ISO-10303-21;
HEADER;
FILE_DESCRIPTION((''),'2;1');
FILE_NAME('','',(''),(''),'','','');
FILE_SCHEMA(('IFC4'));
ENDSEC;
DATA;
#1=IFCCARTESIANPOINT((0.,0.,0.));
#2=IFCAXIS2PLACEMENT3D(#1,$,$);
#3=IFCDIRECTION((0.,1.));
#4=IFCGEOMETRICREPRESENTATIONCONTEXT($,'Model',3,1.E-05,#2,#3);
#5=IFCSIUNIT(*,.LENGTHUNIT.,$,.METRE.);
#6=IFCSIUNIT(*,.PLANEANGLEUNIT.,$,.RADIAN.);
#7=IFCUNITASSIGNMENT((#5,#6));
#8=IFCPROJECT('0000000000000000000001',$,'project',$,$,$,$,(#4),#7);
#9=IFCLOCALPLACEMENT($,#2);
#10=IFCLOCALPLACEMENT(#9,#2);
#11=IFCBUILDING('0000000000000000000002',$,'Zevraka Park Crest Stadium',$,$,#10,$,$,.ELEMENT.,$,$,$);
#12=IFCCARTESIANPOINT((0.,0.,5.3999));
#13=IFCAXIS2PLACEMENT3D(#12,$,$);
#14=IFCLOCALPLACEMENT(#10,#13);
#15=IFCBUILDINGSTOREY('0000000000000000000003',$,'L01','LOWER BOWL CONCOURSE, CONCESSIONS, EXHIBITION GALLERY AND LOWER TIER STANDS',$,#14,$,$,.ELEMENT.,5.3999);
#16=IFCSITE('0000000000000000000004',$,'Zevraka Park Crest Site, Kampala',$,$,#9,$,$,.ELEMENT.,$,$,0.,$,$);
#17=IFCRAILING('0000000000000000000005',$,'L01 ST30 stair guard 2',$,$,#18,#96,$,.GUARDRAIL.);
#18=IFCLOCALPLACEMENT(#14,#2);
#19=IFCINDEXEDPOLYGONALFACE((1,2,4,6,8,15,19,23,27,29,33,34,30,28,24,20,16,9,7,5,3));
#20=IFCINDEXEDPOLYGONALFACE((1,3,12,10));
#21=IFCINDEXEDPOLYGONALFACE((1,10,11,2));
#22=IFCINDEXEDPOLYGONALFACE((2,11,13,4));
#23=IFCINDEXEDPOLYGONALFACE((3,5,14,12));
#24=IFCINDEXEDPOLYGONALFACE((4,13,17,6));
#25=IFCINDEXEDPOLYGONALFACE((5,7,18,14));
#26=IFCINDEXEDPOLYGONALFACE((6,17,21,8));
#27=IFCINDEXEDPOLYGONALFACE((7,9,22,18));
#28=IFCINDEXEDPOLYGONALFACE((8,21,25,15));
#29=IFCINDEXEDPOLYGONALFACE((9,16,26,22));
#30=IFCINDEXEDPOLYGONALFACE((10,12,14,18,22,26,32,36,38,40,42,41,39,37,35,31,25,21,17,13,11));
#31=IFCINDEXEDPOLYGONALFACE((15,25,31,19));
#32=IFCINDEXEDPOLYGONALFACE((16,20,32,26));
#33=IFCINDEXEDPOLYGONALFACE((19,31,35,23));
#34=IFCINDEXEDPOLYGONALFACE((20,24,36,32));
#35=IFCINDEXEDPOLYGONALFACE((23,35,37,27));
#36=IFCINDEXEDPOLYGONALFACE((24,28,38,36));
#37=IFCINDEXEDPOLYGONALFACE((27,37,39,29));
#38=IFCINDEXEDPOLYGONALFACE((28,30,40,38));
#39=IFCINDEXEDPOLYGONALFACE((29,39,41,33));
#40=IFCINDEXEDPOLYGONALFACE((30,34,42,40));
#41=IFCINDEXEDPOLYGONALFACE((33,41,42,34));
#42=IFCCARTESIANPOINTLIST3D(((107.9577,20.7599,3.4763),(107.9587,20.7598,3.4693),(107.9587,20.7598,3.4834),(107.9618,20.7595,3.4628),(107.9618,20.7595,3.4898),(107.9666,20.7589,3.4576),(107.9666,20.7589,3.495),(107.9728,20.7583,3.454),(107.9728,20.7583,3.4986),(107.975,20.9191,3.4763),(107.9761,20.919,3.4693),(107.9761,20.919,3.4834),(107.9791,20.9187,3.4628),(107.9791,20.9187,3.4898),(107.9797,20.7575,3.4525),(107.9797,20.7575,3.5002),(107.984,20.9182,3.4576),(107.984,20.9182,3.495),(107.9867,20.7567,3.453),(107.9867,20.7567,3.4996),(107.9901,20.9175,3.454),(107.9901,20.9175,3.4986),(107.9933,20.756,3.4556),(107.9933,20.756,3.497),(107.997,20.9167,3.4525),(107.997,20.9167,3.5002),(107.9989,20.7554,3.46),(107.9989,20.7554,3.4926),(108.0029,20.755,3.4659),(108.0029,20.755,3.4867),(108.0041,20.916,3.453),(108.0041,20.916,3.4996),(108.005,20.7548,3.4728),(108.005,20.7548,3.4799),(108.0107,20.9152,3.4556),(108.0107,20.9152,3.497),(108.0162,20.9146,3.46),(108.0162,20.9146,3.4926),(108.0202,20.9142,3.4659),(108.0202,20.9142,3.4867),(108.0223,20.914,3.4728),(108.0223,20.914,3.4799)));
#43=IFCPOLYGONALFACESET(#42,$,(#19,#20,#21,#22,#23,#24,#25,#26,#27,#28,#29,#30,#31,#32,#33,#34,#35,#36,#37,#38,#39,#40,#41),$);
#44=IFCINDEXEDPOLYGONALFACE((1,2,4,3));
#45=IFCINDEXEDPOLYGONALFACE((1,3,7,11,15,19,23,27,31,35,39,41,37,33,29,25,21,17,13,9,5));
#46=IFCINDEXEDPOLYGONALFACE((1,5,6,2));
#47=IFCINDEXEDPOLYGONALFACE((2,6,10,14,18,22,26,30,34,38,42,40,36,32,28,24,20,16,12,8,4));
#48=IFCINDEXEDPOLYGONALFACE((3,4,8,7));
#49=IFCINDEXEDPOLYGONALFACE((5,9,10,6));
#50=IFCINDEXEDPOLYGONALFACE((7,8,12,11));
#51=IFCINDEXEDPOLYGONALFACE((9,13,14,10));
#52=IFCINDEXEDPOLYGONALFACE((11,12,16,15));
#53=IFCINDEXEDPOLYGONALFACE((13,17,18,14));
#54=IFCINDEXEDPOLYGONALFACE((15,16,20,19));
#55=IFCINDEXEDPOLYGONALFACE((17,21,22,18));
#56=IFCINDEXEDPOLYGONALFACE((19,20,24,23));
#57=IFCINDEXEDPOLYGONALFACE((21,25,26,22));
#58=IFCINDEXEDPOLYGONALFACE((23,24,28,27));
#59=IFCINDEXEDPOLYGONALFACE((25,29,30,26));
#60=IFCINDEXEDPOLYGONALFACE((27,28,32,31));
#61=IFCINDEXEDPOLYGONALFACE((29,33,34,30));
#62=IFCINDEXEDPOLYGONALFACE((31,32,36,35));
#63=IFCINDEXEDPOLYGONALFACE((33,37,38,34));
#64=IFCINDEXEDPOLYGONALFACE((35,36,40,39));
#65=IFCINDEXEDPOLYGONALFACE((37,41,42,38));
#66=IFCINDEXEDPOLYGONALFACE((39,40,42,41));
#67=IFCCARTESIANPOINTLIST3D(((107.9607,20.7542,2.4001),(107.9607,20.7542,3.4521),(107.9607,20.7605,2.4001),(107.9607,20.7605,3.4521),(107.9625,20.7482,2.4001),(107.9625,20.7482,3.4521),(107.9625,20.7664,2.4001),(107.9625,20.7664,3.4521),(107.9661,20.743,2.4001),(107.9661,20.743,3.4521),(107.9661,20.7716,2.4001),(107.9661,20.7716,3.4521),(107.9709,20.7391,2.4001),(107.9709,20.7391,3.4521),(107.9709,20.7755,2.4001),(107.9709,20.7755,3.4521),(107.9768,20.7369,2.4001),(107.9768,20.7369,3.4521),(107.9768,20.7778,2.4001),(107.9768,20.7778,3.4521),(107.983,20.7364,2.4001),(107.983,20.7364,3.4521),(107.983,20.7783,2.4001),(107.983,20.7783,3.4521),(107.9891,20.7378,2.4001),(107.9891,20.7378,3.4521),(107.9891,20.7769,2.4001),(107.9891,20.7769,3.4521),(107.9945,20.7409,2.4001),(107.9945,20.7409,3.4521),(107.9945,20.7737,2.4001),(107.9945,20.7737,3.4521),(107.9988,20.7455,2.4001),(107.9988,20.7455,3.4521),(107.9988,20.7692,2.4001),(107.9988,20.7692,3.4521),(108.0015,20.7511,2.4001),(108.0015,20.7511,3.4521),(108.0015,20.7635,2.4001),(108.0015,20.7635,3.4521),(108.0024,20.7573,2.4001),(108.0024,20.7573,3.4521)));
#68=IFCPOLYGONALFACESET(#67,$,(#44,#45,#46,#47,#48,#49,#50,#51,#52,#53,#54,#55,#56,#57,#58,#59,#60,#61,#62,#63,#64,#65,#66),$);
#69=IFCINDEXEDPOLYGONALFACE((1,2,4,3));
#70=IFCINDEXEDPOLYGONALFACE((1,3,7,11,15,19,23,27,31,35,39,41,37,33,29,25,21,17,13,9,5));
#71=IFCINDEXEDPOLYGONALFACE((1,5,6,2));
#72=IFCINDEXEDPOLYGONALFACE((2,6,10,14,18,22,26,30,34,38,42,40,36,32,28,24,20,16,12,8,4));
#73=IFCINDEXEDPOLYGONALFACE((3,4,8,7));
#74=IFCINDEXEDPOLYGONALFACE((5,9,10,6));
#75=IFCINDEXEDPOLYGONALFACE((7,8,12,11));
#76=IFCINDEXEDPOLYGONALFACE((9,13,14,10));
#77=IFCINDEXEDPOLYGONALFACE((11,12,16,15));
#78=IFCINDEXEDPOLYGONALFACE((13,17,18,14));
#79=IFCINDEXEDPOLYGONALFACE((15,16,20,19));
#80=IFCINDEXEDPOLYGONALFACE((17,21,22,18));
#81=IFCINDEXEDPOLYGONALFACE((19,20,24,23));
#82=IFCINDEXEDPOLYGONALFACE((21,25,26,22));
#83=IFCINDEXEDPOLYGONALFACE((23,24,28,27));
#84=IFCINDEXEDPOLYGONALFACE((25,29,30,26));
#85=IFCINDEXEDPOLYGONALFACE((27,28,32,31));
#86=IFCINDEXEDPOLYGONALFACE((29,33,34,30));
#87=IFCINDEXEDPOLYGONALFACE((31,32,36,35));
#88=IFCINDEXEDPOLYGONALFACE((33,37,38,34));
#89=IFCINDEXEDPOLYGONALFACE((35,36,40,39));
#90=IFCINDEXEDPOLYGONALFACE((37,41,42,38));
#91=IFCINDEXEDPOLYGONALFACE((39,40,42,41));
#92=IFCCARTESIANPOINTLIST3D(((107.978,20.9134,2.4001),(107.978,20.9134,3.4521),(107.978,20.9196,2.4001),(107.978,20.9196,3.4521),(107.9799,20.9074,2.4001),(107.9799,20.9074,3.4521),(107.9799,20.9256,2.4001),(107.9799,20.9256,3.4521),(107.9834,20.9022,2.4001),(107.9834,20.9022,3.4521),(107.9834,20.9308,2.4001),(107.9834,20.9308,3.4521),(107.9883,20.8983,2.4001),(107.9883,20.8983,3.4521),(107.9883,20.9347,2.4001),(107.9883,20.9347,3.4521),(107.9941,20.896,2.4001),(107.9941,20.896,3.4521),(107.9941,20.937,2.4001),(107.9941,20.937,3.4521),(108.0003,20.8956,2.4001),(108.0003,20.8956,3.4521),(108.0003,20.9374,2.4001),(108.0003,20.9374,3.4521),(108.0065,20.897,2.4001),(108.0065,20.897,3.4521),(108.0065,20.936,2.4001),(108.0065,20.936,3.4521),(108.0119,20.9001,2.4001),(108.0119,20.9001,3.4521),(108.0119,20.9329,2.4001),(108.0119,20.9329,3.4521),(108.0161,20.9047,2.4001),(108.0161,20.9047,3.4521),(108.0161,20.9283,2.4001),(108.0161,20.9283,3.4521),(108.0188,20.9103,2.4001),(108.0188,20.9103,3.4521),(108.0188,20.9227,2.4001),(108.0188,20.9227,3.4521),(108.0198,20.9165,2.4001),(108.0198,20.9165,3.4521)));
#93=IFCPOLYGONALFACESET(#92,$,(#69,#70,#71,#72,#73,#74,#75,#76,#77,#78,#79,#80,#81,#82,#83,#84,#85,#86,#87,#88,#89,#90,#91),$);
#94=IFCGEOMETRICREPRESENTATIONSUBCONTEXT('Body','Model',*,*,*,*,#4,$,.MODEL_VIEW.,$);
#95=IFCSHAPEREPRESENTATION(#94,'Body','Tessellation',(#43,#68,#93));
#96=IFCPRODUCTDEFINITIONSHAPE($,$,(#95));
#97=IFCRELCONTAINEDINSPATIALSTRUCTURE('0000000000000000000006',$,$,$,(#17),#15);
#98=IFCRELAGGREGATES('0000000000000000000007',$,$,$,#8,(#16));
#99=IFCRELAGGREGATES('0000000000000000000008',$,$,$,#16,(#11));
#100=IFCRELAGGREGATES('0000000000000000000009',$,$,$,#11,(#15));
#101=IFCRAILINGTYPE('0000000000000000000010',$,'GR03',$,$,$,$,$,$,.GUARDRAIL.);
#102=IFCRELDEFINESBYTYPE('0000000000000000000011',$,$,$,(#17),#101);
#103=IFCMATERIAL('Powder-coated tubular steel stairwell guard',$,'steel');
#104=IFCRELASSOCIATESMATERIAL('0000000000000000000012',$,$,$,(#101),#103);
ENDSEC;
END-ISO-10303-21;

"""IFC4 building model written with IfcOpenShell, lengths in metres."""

from ifc_helpers import new_model, si_unit, direction, frame, origin, origin_2d, place, context, subcontext, project, spatial, circle, extrude, material, type_object, element, save


model = new_model("IFC4")

# Units and contexts
model_context = context("Model", 3, precision=1e-05, world=origin(), true_north=direction((0.0, 1.0)))
body_context = subcontext(model_context, "Body", "Model", "MODEL_VIEW")
ifc_project = project(units=[si_unit("LENGTHUNIT", "METRE"), si_unit("PLANEANGLEUNIT", "RADIAN")], contexts=[model_context])

# Site, building, storey
site_placement = place(None, origin())
site = spatial("IfcSite", under=ifc_project, at=site_placement, Name="Zevraka Park Crest Site, Kampala", CompositionType="ELEMENT", RefElevation=0.0)
building_placement = place(site_placement, origin())
building = spatial("IfcBuilding", under=site, at=building_placement, Name="Zevraka Park Crest Stadium", CompositionType="ELEMENT")
storey_placement = place(building_placement, frame((0.0, 0.0, 5.3999)))
storey = spatial("IfcBuildingStorey", under=building, at=storey_placement, Name="L01", Description="LOWER BOWL CONCOURSE, CONCESSIONS, EXHIBITION GALLERY AND LOWER TIER STANDS", CompositionType="ELEMENT", Elevation=5.3999)

# Railing
ifc_material_1 = material(Name="Powder-coated tubular steel stairwell guard", Category="steel")
railing_type_1 = type_object("IfcRailingType", Name="GR03", PredefinedType="GUARDRAIL", material=ifc_material_1)
railing_1_placement = place(storey_placement, frame((107.9814, 20.7573, 2.4001)))
element("IfcRailing", 1, at=railing_1_placement, inside=storey, type_object=railing_type_1, Name="L01 ST30 stair guard 2", PredefinedType="GUARDRAIL", context=body_context, shape_type="SweptSolid", body=[
    extrude(circle(Radius=0.0239, at=origin_2d()), frame((0.0, 0.0, 1.0762), z_axis=(0.108256, 0.994123, 0.0), x_axis=(-0.994123, 0.108256, 0.0)), (0.0, 0.0, 1.0), 0.1602),
    extrude(circle(Radius=0.021, at=origin_2d()), origin(), (0.0, 0.0, 1.0), 1.052),
    extrude(circle(Radius=0.021, at=origin_2d()), frame((0.0173, 0.1592, 0.0)), (0.0, 0.0, 1.0), 1.052),
])

save(model, "model.ifc")
